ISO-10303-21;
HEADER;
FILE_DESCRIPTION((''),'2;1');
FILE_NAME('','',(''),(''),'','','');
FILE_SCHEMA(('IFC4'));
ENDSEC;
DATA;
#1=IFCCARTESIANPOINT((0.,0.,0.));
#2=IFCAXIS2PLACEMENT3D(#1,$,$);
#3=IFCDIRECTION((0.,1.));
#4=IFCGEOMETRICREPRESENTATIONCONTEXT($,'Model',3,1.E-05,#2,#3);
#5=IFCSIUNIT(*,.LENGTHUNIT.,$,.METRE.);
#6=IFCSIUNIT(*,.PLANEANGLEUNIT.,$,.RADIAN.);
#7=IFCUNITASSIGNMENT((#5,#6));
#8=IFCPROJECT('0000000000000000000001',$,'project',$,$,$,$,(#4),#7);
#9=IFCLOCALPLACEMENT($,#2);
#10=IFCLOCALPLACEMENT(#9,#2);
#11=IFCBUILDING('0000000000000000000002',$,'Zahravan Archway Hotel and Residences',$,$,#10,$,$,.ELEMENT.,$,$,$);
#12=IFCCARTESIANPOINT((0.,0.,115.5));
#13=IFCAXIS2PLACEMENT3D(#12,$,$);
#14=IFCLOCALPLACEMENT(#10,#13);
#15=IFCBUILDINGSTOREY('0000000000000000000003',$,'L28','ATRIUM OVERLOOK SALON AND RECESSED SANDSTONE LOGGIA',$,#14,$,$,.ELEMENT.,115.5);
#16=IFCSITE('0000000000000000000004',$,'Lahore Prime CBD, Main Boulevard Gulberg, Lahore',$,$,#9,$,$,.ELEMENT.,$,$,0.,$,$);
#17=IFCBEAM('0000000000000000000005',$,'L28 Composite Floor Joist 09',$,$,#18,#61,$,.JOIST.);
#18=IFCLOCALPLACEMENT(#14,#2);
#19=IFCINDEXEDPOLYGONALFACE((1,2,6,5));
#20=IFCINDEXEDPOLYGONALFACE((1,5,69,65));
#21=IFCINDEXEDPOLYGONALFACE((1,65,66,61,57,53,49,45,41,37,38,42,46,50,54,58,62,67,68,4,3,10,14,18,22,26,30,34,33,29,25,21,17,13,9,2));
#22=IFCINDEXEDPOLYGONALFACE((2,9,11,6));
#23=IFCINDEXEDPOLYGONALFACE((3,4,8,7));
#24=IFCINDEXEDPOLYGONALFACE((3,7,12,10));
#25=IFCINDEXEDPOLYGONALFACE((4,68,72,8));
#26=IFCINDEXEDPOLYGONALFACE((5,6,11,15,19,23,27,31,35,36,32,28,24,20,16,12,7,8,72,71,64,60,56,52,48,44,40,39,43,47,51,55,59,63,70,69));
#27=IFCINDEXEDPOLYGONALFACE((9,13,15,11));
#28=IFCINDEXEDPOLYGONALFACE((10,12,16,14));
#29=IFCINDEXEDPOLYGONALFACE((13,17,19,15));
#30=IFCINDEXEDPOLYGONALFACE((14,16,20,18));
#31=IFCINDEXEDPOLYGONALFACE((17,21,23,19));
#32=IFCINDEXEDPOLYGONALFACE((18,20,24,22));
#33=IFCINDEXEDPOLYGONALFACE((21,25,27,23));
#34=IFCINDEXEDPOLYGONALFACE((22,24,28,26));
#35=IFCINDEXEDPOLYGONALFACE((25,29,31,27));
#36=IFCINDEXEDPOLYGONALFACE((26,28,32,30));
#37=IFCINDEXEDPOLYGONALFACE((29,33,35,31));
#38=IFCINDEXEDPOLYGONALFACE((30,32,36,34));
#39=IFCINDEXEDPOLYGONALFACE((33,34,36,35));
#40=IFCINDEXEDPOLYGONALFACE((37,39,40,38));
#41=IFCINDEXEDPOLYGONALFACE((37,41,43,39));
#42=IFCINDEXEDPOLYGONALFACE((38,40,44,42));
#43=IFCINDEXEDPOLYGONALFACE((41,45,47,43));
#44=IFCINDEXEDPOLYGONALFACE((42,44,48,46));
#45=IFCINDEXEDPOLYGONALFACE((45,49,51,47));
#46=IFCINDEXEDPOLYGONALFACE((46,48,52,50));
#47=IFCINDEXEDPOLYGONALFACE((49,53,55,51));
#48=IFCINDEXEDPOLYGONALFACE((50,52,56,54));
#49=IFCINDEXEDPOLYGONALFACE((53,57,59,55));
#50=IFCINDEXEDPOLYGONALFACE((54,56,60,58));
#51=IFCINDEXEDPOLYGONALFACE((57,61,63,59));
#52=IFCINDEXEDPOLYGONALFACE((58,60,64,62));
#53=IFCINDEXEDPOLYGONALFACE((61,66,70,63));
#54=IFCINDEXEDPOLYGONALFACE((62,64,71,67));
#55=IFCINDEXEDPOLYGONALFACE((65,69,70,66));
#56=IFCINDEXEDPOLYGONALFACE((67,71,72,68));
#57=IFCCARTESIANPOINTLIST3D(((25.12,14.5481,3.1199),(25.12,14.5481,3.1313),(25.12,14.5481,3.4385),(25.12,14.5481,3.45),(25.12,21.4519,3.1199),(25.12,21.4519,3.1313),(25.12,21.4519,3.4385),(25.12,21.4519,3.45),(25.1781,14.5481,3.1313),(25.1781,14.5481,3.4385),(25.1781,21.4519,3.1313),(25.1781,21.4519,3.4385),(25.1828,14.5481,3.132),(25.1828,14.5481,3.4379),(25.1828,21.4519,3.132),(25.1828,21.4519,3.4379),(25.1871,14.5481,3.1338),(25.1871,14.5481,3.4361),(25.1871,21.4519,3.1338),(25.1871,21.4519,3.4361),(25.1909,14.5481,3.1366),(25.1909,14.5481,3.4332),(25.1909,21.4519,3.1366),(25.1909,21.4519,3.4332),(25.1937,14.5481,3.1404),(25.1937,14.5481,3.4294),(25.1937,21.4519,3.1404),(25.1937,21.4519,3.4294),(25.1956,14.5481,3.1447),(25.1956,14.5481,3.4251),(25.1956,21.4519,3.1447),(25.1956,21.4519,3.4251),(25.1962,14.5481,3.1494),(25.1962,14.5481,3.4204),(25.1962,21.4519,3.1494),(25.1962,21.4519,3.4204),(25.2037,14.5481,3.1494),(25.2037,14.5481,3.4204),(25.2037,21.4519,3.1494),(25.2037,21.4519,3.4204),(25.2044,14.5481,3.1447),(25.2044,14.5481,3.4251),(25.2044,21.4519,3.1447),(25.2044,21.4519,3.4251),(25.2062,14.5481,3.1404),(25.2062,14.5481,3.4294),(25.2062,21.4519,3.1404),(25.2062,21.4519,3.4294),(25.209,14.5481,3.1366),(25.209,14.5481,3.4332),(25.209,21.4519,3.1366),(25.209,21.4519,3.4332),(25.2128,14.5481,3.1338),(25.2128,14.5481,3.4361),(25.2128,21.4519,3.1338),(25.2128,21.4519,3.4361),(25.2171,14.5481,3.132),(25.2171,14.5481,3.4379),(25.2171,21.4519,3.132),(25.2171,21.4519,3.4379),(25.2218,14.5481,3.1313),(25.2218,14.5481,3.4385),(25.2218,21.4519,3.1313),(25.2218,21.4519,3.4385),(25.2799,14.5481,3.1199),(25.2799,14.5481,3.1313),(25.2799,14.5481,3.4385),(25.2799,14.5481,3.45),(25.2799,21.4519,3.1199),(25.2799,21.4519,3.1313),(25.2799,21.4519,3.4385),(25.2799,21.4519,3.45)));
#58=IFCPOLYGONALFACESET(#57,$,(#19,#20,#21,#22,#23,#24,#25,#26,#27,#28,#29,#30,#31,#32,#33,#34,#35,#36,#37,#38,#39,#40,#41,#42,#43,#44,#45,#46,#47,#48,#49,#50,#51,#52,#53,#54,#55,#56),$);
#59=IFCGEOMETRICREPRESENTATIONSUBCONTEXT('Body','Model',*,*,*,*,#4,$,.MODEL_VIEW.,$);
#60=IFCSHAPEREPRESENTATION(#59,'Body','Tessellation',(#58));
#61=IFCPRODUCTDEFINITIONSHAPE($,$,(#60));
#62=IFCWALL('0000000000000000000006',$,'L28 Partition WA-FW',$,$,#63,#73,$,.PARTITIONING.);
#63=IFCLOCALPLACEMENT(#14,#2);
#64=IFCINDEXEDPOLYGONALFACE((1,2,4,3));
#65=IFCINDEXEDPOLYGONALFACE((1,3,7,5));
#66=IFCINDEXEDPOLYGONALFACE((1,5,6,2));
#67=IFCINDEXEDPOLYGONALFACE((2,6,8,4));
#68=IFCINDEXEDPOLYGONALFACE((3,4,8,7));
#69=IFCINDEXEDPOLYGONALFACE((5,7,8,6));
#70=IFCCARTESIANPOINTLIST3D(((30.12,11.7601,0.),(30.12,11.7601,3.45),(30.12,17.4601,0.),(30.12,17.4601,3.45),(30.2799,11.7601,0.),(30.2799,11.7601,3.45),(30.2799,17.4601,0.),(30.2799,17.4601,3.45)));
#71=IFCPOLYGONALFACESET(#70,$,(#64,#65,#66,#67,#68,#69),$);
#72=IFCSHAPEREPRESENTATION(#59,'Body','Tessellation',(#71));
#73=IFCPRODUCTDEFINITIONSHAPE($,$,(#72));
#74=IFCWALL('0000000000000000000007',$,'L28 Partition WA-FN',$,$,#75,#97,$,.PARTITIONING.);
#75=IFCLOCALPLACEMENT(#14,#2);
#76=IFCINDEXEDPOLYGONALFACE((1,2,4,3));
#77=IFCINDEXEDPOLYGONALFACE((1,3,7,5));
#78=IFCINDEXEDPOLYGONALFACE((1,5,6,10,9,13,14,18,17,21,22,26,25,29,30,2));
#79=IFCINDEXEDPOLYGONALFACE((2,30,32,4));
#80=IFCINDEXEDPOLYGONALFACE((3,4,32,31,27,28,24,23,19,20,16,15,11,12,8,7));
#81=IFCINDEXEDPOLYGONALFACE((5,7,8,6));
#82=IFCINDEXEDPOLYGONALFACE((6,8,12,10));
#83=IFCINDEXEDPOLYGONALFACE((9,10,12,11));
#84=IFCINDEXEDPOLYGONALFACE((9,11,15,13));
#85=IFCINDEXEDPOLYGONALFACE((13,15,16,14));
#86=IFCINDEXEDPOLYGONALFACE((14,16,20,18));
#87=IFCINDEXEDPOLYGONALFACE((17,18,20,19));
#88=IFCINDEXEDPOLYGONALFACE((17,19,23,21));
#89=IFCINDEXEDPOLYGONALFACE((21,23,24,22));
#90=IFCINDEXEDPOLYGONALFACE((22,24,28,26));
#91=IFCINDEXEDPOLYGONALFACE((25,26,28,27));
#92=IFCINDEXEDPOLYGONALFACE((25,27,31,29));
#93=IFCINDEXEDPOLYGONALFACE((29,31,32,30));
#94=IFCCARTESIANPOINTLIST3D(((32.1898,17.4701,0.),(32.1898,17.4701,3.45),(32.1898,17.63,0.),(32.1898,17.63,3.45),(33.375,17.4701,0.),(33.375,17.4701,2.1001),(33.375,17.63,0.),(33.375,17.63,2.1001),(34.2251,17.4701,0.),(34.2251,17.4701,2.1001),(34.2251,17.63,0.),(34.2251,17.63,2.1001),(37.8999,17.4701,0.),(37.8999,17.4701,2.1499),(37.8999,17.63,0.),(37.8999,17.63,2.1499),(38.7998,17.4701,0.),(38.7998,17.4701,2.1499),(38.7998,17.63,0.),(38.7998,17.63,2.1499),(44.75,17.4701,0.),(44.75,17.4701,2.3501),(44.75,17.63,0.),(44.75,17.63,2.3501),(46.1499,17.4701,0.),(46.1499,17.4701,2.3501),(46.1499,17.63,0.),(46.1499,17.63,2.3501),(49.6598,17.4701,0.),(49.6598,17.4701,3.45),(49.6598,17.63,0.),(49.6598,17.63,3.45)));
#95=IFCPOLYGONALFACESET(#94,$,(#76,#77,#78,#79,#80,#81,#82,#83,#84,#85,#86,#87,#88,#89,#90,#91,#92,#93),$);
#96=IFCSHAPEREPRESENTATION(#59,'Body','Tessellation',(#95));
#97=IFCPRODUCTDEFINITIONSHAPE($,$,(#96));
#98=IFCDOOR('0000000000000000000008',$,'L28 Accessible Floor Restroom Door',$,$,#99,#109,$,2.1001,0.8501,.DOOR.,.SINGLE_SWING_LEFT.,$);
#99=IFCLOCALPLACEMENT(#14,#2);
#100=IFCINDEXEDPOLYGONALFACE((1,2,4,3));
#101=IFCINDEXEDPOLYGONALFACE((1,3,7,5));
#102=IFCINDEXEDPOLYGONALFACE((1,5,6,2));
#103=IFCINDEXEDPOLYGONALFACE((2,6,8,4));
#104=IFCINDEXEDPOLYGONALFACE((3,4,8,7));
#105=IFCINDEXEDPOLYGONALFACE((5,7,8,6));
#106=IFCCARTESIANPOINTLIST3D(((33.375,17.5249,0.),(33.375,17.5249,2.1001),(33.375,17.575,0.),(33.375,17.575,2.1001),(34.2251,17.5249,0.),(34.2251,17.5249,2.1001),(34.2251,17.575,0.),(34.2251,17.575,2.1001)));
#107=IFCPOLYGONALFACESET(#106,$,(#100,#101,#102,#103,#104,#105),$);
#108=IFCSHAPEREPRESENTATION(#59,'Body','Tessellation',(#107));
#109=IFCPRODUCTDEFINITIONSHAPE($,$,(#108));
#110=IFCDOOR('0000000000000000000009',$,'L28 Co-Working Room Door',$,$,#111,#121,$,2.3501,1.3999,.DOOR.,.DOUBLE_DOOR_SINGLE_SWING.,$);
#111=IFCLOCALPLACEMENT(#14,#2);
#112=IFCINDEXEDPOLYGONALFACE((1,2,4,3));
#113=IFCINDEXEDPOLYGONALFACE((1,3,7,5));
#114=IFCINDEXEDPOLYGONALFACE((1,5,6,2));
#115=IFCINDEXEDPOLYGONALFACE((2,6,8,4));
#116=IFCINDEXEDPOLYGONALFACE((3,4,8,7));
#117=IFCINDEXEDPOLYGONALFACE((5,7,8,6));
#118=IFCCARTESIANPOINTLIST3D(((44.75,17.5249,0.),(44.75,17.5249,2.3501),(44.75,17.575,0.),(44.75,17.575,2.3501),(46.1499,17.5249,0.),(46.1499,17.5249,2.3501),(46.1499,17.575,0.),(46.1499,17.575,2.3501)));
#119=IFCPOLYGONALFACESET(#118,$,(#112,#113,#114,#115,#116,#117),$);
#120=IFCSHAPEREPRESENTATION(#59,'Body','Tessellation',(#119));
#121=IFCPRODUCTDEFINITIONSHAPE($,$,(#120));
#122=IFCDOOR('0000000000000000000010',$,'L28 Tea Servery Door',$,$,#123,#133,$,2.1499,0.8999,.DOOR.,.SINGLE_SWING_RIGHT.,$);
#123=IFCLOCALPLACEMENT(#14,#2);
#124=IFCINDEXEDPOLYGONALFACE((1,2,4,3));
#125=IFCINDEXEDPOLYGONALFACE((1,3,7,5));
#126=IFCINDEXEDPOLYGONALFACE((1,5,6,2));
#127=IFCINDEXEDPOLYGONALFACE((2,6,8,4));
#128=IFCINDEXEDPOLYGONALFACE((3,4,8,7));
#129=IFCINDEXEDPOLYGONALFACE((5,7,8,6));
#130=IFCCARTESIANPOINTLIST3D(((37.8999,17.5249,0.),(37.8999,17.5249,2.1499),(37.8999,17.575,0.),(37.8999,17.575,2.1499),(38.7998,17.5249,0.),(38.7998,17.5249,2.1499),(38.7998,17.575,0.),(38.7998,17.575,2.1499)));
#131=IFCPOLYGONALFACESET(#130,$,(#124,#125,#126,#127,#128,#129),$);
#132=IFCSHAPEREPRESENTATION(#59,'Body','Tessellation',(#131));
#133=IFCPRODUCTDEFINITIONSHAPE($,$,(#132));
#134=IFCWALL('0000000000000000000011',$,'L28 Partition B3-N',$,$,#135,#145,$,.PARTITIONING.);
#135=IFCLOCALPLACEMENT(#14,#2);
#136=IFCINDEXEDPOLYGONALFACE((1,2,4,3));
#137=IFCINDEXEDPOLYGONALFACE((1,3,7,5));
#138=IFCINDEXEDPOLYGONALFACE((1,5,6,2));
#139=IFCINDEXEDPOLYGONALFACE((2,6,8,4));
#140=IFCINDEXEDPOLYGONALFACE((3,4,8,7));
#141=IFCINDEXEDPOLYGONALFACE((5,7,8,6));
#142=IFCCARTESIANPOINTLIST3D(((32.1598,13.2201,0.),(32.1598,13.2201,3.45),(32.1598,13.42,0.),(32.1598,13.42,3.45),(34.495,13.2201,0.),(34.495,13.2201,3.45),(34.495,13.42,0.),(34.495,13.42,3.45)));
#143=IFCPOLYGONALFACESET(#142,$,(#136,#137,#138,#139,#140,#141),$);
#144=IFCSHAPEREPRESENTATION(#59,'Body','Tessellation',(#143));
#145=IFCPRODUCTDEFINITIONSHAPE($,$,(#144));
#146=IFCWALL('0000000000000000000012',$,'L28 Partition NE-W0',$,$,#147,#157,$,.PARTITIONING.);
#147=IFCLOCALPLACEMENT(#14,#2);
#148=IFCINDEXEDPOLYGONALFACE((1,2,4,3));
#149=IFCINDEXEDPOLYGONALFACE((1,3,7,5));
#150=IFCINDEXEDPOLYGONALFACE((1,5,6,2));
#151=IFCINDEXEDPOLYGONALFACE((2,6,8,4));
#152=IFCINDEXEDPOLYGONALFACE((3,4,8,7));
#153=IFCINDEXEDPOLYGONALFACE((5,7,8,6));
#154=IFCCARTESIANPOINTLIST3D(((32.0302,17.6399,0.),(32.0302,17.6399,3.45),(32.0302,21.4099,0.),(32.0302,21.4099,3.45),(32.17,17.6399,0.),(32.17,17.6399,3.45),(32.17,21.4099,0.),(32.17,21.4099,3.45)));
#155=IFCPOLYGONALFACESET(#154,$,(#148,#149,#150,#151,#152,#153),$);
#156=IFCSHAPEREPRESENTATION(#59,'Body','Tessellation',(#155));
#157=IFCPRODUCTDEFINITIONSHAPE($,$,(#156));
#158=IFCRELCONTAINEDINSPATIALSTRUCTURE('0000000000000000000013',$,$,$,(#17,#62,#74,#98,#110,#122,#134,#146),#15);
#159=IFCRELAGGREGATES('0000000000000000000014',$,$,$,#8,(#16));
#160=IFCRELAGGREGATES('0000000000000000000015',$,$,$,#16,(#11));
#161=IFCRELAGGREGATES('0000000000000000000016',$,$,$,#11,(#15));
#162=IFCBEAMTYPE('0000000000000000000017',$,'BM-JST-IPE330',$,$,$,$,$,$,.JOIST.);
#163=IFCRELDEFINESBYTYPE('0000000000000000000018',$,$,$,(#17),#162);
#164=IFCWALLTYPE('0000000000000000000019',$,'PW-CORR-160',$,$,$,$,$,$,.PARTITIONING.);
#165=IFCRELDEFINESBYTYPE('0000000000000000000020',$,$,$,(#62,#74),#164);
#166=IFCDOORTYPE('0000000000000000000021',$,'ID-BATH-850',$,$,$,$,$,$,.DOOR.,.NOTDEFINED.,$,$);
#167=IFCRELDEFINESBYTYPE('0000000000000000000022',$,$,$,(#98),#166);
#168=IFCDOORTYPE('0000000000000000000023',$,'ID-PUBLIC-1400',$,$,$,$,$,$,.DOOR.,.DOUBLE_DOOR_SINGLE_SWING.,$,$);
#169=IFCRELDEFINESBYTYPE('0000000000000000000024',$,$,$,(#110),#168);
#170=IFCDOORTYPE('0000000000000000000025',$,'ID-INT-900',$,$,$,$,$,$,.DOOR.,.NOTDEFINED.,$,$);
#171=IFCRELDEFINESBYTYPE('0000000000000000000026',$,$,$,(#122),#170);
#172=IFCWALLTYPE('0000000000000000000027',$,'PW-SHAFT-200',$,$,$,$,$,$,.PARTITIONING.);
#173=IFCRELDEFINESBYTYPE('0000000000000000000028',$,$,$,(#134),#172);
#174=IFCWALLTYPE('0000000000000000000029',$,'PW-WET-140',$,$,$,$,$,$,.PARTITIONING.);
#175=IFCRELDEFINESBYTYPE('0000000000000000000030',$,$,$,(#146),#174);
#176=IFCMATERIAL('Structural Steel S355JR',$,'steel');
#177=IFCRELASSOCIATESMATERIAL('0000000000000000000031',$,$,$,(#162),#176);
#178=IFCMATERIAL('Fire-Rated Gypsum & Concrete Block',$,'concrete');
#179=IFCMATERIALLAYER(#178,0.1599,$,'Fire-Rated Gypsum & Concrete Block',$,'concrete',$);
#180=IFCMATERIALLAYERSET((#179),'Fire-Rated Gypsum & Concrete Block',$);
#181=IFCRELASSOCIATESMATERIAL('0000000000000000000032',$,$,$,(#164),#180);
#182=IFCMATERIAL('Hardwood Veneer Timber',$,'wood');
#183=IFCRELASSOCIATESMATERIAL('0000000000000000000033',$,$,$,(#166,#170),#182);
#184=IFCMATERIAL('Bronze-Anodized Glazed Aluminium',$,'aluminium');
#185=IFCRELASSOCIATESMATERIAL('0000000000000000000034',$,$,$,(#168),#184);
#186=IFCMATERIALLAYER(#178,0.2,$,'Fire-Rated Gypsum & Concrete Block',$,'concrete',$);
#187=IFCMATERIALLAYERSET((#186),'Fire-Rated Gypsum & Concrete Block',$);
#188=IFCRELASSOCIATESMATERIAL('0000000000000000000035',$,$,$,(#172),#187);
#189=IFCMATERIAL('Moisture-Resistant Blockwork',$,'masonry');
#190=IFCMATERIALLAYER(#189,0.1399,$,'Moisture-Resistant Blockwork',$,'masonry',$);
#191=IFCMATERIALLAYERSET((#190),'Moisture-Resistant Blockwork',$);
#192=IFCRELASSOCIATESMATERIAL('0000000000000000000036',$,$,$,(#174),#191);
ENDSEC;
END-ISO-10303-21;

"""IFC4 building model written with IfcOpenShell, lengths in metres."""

from ifc_helpers import new_model, si_unit, direction, frame, frame_2d, origin, origin_2d, place, context, subcontext, project, spatial, rectangle, i_section, extrude, source, transform, mapped, material, layer, layer_set, material_profile, profile_set, type_object, type_shapes, element, fill, save


model = new_model("IFC4")

# Units and contexts
model_context = context("Model", 3, precision=1e-05, world=origin(), true_north=direction((0.0, 1.0)))
body_context = subcontext(model_context, "Body", "Model", "MODEL_VIEW")
ifc_project = project(units=[si_unit("LENGTHUNIT", "METRE"), si_unit("PLANEANGLEUNIT", "RADIAN")], contexts=[model_context])

# Site, building, storey
site_placement = place(None, origin())
site = spatial("IfcSite", under=ifc_project, at=site_placement, Name="Lahore Prime CBD, Main Boulevard Gulberg, Lahore", CompositionType="ELEMENT", RefElevation=0.0)
building_placement = place(site_placement, origin())
building = spatial("IfcBuilding", under=site, at=building_placement, Name="Zahravan Archway Hotel and Residences", CompositionType="ELEMENT")
storey_placement = place(building_placement, frame((0.0, 0.0, 115.5)))
storey = spatial("IfcBuildingStorey", under=building, at=storey_placement, Name="L28", Description="ATRIUM OVERLOOK SALON AND RECESSED SANDSTONE LOGGIA", CompositionType="ELEMENT", Elevation=115.5)

# Beam
ifc_material_1 = material(Name="Structural Steel S355JR", Category="steel")
ifc_material_profile_1 = material_profile(ifc_material_1, i_section(OverallWidth=0.1599, OverallDepth=0.3301, WebThickness=0.0076, FlangeThickness=0.0115, FilletRadius=0.0181, at=origin_2d()), Name="IPE 330", Category="steel")
ifc_profile_set_1 = profile_set([ifc_material_profile_1], Name="Structural Steel S355JR")
beam_type_1 = type_object("IfcBeamType", Name="BM-JST-IPE330", PredefinedType="JOIST", material=ifc_profile_set_1)
shared_shape_1 = source(origin(), body_context, "Body", "SweptSolid", [
    extrude(i_section(OverallWidth=0.1599, OverallDepth=0.3301, WebThickness=0.0076, FlangeThickness=0.0115, FilletRadius=0.0181, at=origin_2d()), origin(), (0.0, 0.0, 1.0), 6.9038),
])
beam_1_placement = place(storey_placement, frame((25.2, 14.5481, 3.2849), z_axis=(0.0, 1.0, 0.0), x_axis=(-1.0, 0.0, 0.0)))
element("IfcBeam", 1, at=beam_1_placement, inside=storey, type_object=beam_type_1, Name="L28 Composite Floor Joist 09", PredefinedType="JOIST", context=body_context, shape_type="MappedRepresentation", body=[
    mapped(shared_shape_1, transform((0.0, 0.0, 0.0), scale=1.0)),
])

# Wall
ifc_material_2 = material(Name="Fire-Rated Gypsum & Concrete Block", Category="concrete")
ifc_layer_1 = layer(ifc_material_2, 0.1599, Name="Fire-Rated Gypsum & Concrete Block", Category="concrete")
ifc_layer_set_1 = layer_set([ifc_layer_1], Name="Fire-Rated Gypsum & Concrete Block")
wall_type_1 = type_object("IfcWallType", Name="PW-CORR-160", PredefinedType="PARTITIONING", material=ifc_layer_set_1)
wall_1_placement = place(storey_placement, frame((30.2, 11.76, 0.0), z_axis=(0.0, 0.0, 1.0), x_axis=(0.0, 1.0, 0.0)))
element("IfcWall", 2, at=wall_1_placement, inside=storey, type_object=wall_type_1, Name="L28 Partition WA-FW", PredefinedType="PARTITIONING", context=body_context, shape_type="SweptSolid", body=[
    extrude(rectangle(XDim=5.7, YDim=0.1599, at=frame_2d((2.8501, 0.0))), origin(), (0.0, 0.0, 1.0), 3.45),
])

# Wall, openings, doors
wall_2_placement = place(storey_placement, frame((32.1899, 17.55, 0.0), z_axis=(0.0, 0.0, 1.0), x_axis=(1.0, 0.0, 0.0)))
wall_2 = element("IfcWall", 3, at=wall_2_placement, inside=storey, type_object=wall_type_1, Name="L28 Partition WA-FN", PredefinedType="PARTITIONING", context=body_context, shape_type="SweptSolid", body=[
    extrude(rectangle(XDim=17.47, YDim=0.1599, at=frame_2d((8.7349, 0.0))), origin(), (0.0, 0.0, 1.0), 3.45),
])
opening_1_placement = place(wall_2_placement, frame((1.1851, 0.0, 0.0)))
opening_1 = element("IfcOpeningElement", 4, at=opening_1_placement, cuts=wall_2, PredefinedType="OPENING", context=body_context, shape_type="SweptSolid", body=[
    extrude(rectangle(XDim=0.8501, YDim=2.1001, at=frame_2d((0.425, 1.05))), frame((0.0, 0.0898, 0.0), z_axis=(0.0, -1.0, 0.0), x_axis=(1.0, 0.0, 0.0)), (0.0, 0.0, 1.0), 0.1799),
])
opening_2_placement = place(wall_2_placement, frame((5.71, 0.0, 0.0)))
opening_2 = element("IfcOpeningElement", 5, at=opening_2_placement, cuts=wall_2, PredefinedType="OPENING", context=body_context, shape_type="SweptSolid", body=[
    extrude(rectangle(XDim=0.8999, YDim=2.1499, at=frame_2d((0.45, 1.075))), frame((0.0, 0.0898, 0.0), z_axis=(0.0, -1.0, 0.0), x_axis=(1.0, 0.0, 0.0)), (0.0, 0.0, 1.0), 0.1799),
])
opening_3_placement = place(wall_2_placement, frame((12.5601, 0.0, 0.0)))
opening_3 = element("IfcOpeningElement", 6, at=opening_3_placement, cuts=wall_2, PredefinedType="OPENING", context=body_context, shape_type="SweptSolid", body=[
    extrude(rectangle(XDim=1.3999, YDim=2.3501, at=frame_2d((0.7, 1.175))), frame((0.0, 0.0898, 0.0), z_axis=(0.0, -1.0, 0.0), x_axis=(1.0, 0.0, 0.0)), (0.0, 0.0, 1.0), 0.1799),
])
ifc_material_3 = material(Name="Hardwood Veneer Timber", Category="wood")
door_type_1 = type_object("IfcDoorType", Name="ID-BATH-850", OperationType="NOTDEFINED", PredefinedType="DOOR", material=ifc_material_3)
shared_shape_2 = source(origin(), body_context, "Body", "SweptSolid", [
    extrude(rectangle(XDim=0.8501, YDim=2.1001, at=frame_2d((0.425, 1.05))), frame((0.0, 0.0249, 0.0), z_axis=(0.0, -1.0, 0.0), x_axis=(1.0, 0.0, 0.0)), (0.0, 0.0, 1.0), 0.05),
])
type_shapes(door_type_1, [shared_shape_2])
door_1_placement = place(opening_1_placement, origin())
door_1 = element("IfcDoor", 7, at=door_1_placement, inside=storey, type_object=door_type_1, Name="L28 Accessible Floor Restroom Door", OperationType="SINGLE_SWING_LEFT", OverallHeight=2.1001, OverallWidth=0.8501, PredefinedType="DOOR", context=body_context, shape_type="MappedRepresentation", body=[
    mapped(shared_shape_2, transform((0.0, 0.0, 0.0), scale=1.0)),
])
fill(opening_1, door_1)
ifc_material_4 = material(Name="Bronze-Anodized Glazed Aluminium", Category="aluminium")
door_type_2 = type_object("IfcDoorType", Name="ID-PUBLIC-1400", OperationType="DOUBLE_DOOR_SINGLE_SWING", PredefinedType="DOOR", material=ifc_material_4)
shared_shape_3 = source(origin(), body_context, "Body", "SweptSolid", [
    extrude(rectangle(XDim=1.3999, YDim=2.3501, at=frame_2d((0.7, 1.175))), frame((0.0, 0.0249, 0.0), z_axis=(0.0, -1.0, 0.0), x_axis=(1.0, 0.0, 0.0)), (0.0, 0.0, 1.0), 0.05),
])
type_shapes(door_type_2, [shared_shape_3])
door_2_placement = place(opening_3_placement, origin())
door_2 = element("IfcDoor", 8, at=door_2_placement, inside=storey, type_object=door_type_2, Name="L28 Co-Working Room Door", OperationType="DOUBLE_DOOR_SINGLE_SWING", OverallHeight=2.3501, OverallWidth=1.3999, PredefinedType="DOOR", context=body_context, shape_type="MappedRepresentation", body=[
    mapped(shared_shape_3, transform((0.0, 0.0, 0.0), scale=1.0)),
])
fill(opening_3, door_2)
door_type_3 = type_object("IfcDoorType", Name="ID-INT-900", OperationType="NOTDEFINED", PredefinedType="DOOR", material=ifc_material_3)
shared_shape_4 = source(origin(), body_context, "Body", "SweptSolid", [
    extrude(rectangle(XDim=0.8999, YDim=2.1499, at=frame_2d((0.45, 1.075))), frame((0.0, 0.0249, 0.0), z_axis=(0.0, -1.0, 0.0), x_axis=(1.0, 0.0, 0.0)), (0.0, 0.0, 1.0), 0.05),
])
type_shapes(door_type_3, [shared_shape_4])
door_3_placement = place(opening_2_placement, origin())
door_3 = element("IfcDoor", 9, at=door_3_placement, inside=storey, type_object=door_type_3, Name="L28 Tea Servery Door", OperationType="SINGLE_SWING_RIGHT", OverallHeight=2.1499, OverallWidth=0.8999, PredefinedType="DOOR", context=body_context, shape_type="MappedRepresentation", body=[
    mapped(shared_shape_4, transform((0.0, 0.0, 0.0), scale=1.0)),
])
fill(opening_2, door_3)

# Walls
ifc_layer_2 = layer(ifc_material_2, 0.2, Name="Fire-Rated Gypsum & Concrete Block", Category="concrete")
ifc_layer_set_2 = layer_set([ifc_layer_2], Name="Fire-Rated Gypsum & Concrete Block")
wall_type_2 = type_object("IfcWallType", Name="PW-SHAFT-200", PredefinedType="PARTITIONING", material=ifc_layer_set_2)
wall_3_placement = place(storey_placement, frame((32.1599, 13.3201, 0.0), z_axis=(0.0, 0.0, 1.0), x_axis=(1.0, 0.0, 0.0)))
element("IfcWall", 10, at=wall_3_placement, inside=storey, type_object=wall_type_2, Name="L28 Partition B3-N", PredefinedType="PARTITIONING", context=body_context, shape_type="SweptSolid", body=[
    extrude(rectangle(XDim=2.3352, YDim=0.2, at=frame_2d((1.1675, 0.0))), origin(), (0.0, 0.0, 1.0), 3.45),
])
ifc_material_5 = material(Name="Moisture-Resistant Blockwork", Category="masonry")
ifc_layer_3 = layer(ifc_material_5, 0.1399, Name="Moisture-Resistant Blockwork", Category="masonry")
ifc_layer_set_3 = layer_set([ifc_layer_3], Name="Moisture-Resistant Blockwork")
wall_type_3 = type_object("IfcWallType", Name="PW-WET-140", PredefinedType="PARTITIONING", material=ifc_layer_set_3)
wall_4_placement = place(storey_placement, frame((32.1001, 17.6399, 0.0), z_axis=(0.0, 0.0, 1.0), x_axis=(0.0, 1.0, 0.0)))
element("IfcWall", 11, at=wall_4_placement, inside=storey, type_object=wall_type_3, Name="L28 Partition NE-W0", PredefinedType="PARTITIONING", context=body_context, shape_type="SweptSolid", body=[
    extrude(rectangle(XDim=3.77, YDim=0.1399, at=frame_2d((1.885, 0.0))), origin(), (0.0, 0.0, 1.0), 3.45),
])

save(model, "model.ifc")
